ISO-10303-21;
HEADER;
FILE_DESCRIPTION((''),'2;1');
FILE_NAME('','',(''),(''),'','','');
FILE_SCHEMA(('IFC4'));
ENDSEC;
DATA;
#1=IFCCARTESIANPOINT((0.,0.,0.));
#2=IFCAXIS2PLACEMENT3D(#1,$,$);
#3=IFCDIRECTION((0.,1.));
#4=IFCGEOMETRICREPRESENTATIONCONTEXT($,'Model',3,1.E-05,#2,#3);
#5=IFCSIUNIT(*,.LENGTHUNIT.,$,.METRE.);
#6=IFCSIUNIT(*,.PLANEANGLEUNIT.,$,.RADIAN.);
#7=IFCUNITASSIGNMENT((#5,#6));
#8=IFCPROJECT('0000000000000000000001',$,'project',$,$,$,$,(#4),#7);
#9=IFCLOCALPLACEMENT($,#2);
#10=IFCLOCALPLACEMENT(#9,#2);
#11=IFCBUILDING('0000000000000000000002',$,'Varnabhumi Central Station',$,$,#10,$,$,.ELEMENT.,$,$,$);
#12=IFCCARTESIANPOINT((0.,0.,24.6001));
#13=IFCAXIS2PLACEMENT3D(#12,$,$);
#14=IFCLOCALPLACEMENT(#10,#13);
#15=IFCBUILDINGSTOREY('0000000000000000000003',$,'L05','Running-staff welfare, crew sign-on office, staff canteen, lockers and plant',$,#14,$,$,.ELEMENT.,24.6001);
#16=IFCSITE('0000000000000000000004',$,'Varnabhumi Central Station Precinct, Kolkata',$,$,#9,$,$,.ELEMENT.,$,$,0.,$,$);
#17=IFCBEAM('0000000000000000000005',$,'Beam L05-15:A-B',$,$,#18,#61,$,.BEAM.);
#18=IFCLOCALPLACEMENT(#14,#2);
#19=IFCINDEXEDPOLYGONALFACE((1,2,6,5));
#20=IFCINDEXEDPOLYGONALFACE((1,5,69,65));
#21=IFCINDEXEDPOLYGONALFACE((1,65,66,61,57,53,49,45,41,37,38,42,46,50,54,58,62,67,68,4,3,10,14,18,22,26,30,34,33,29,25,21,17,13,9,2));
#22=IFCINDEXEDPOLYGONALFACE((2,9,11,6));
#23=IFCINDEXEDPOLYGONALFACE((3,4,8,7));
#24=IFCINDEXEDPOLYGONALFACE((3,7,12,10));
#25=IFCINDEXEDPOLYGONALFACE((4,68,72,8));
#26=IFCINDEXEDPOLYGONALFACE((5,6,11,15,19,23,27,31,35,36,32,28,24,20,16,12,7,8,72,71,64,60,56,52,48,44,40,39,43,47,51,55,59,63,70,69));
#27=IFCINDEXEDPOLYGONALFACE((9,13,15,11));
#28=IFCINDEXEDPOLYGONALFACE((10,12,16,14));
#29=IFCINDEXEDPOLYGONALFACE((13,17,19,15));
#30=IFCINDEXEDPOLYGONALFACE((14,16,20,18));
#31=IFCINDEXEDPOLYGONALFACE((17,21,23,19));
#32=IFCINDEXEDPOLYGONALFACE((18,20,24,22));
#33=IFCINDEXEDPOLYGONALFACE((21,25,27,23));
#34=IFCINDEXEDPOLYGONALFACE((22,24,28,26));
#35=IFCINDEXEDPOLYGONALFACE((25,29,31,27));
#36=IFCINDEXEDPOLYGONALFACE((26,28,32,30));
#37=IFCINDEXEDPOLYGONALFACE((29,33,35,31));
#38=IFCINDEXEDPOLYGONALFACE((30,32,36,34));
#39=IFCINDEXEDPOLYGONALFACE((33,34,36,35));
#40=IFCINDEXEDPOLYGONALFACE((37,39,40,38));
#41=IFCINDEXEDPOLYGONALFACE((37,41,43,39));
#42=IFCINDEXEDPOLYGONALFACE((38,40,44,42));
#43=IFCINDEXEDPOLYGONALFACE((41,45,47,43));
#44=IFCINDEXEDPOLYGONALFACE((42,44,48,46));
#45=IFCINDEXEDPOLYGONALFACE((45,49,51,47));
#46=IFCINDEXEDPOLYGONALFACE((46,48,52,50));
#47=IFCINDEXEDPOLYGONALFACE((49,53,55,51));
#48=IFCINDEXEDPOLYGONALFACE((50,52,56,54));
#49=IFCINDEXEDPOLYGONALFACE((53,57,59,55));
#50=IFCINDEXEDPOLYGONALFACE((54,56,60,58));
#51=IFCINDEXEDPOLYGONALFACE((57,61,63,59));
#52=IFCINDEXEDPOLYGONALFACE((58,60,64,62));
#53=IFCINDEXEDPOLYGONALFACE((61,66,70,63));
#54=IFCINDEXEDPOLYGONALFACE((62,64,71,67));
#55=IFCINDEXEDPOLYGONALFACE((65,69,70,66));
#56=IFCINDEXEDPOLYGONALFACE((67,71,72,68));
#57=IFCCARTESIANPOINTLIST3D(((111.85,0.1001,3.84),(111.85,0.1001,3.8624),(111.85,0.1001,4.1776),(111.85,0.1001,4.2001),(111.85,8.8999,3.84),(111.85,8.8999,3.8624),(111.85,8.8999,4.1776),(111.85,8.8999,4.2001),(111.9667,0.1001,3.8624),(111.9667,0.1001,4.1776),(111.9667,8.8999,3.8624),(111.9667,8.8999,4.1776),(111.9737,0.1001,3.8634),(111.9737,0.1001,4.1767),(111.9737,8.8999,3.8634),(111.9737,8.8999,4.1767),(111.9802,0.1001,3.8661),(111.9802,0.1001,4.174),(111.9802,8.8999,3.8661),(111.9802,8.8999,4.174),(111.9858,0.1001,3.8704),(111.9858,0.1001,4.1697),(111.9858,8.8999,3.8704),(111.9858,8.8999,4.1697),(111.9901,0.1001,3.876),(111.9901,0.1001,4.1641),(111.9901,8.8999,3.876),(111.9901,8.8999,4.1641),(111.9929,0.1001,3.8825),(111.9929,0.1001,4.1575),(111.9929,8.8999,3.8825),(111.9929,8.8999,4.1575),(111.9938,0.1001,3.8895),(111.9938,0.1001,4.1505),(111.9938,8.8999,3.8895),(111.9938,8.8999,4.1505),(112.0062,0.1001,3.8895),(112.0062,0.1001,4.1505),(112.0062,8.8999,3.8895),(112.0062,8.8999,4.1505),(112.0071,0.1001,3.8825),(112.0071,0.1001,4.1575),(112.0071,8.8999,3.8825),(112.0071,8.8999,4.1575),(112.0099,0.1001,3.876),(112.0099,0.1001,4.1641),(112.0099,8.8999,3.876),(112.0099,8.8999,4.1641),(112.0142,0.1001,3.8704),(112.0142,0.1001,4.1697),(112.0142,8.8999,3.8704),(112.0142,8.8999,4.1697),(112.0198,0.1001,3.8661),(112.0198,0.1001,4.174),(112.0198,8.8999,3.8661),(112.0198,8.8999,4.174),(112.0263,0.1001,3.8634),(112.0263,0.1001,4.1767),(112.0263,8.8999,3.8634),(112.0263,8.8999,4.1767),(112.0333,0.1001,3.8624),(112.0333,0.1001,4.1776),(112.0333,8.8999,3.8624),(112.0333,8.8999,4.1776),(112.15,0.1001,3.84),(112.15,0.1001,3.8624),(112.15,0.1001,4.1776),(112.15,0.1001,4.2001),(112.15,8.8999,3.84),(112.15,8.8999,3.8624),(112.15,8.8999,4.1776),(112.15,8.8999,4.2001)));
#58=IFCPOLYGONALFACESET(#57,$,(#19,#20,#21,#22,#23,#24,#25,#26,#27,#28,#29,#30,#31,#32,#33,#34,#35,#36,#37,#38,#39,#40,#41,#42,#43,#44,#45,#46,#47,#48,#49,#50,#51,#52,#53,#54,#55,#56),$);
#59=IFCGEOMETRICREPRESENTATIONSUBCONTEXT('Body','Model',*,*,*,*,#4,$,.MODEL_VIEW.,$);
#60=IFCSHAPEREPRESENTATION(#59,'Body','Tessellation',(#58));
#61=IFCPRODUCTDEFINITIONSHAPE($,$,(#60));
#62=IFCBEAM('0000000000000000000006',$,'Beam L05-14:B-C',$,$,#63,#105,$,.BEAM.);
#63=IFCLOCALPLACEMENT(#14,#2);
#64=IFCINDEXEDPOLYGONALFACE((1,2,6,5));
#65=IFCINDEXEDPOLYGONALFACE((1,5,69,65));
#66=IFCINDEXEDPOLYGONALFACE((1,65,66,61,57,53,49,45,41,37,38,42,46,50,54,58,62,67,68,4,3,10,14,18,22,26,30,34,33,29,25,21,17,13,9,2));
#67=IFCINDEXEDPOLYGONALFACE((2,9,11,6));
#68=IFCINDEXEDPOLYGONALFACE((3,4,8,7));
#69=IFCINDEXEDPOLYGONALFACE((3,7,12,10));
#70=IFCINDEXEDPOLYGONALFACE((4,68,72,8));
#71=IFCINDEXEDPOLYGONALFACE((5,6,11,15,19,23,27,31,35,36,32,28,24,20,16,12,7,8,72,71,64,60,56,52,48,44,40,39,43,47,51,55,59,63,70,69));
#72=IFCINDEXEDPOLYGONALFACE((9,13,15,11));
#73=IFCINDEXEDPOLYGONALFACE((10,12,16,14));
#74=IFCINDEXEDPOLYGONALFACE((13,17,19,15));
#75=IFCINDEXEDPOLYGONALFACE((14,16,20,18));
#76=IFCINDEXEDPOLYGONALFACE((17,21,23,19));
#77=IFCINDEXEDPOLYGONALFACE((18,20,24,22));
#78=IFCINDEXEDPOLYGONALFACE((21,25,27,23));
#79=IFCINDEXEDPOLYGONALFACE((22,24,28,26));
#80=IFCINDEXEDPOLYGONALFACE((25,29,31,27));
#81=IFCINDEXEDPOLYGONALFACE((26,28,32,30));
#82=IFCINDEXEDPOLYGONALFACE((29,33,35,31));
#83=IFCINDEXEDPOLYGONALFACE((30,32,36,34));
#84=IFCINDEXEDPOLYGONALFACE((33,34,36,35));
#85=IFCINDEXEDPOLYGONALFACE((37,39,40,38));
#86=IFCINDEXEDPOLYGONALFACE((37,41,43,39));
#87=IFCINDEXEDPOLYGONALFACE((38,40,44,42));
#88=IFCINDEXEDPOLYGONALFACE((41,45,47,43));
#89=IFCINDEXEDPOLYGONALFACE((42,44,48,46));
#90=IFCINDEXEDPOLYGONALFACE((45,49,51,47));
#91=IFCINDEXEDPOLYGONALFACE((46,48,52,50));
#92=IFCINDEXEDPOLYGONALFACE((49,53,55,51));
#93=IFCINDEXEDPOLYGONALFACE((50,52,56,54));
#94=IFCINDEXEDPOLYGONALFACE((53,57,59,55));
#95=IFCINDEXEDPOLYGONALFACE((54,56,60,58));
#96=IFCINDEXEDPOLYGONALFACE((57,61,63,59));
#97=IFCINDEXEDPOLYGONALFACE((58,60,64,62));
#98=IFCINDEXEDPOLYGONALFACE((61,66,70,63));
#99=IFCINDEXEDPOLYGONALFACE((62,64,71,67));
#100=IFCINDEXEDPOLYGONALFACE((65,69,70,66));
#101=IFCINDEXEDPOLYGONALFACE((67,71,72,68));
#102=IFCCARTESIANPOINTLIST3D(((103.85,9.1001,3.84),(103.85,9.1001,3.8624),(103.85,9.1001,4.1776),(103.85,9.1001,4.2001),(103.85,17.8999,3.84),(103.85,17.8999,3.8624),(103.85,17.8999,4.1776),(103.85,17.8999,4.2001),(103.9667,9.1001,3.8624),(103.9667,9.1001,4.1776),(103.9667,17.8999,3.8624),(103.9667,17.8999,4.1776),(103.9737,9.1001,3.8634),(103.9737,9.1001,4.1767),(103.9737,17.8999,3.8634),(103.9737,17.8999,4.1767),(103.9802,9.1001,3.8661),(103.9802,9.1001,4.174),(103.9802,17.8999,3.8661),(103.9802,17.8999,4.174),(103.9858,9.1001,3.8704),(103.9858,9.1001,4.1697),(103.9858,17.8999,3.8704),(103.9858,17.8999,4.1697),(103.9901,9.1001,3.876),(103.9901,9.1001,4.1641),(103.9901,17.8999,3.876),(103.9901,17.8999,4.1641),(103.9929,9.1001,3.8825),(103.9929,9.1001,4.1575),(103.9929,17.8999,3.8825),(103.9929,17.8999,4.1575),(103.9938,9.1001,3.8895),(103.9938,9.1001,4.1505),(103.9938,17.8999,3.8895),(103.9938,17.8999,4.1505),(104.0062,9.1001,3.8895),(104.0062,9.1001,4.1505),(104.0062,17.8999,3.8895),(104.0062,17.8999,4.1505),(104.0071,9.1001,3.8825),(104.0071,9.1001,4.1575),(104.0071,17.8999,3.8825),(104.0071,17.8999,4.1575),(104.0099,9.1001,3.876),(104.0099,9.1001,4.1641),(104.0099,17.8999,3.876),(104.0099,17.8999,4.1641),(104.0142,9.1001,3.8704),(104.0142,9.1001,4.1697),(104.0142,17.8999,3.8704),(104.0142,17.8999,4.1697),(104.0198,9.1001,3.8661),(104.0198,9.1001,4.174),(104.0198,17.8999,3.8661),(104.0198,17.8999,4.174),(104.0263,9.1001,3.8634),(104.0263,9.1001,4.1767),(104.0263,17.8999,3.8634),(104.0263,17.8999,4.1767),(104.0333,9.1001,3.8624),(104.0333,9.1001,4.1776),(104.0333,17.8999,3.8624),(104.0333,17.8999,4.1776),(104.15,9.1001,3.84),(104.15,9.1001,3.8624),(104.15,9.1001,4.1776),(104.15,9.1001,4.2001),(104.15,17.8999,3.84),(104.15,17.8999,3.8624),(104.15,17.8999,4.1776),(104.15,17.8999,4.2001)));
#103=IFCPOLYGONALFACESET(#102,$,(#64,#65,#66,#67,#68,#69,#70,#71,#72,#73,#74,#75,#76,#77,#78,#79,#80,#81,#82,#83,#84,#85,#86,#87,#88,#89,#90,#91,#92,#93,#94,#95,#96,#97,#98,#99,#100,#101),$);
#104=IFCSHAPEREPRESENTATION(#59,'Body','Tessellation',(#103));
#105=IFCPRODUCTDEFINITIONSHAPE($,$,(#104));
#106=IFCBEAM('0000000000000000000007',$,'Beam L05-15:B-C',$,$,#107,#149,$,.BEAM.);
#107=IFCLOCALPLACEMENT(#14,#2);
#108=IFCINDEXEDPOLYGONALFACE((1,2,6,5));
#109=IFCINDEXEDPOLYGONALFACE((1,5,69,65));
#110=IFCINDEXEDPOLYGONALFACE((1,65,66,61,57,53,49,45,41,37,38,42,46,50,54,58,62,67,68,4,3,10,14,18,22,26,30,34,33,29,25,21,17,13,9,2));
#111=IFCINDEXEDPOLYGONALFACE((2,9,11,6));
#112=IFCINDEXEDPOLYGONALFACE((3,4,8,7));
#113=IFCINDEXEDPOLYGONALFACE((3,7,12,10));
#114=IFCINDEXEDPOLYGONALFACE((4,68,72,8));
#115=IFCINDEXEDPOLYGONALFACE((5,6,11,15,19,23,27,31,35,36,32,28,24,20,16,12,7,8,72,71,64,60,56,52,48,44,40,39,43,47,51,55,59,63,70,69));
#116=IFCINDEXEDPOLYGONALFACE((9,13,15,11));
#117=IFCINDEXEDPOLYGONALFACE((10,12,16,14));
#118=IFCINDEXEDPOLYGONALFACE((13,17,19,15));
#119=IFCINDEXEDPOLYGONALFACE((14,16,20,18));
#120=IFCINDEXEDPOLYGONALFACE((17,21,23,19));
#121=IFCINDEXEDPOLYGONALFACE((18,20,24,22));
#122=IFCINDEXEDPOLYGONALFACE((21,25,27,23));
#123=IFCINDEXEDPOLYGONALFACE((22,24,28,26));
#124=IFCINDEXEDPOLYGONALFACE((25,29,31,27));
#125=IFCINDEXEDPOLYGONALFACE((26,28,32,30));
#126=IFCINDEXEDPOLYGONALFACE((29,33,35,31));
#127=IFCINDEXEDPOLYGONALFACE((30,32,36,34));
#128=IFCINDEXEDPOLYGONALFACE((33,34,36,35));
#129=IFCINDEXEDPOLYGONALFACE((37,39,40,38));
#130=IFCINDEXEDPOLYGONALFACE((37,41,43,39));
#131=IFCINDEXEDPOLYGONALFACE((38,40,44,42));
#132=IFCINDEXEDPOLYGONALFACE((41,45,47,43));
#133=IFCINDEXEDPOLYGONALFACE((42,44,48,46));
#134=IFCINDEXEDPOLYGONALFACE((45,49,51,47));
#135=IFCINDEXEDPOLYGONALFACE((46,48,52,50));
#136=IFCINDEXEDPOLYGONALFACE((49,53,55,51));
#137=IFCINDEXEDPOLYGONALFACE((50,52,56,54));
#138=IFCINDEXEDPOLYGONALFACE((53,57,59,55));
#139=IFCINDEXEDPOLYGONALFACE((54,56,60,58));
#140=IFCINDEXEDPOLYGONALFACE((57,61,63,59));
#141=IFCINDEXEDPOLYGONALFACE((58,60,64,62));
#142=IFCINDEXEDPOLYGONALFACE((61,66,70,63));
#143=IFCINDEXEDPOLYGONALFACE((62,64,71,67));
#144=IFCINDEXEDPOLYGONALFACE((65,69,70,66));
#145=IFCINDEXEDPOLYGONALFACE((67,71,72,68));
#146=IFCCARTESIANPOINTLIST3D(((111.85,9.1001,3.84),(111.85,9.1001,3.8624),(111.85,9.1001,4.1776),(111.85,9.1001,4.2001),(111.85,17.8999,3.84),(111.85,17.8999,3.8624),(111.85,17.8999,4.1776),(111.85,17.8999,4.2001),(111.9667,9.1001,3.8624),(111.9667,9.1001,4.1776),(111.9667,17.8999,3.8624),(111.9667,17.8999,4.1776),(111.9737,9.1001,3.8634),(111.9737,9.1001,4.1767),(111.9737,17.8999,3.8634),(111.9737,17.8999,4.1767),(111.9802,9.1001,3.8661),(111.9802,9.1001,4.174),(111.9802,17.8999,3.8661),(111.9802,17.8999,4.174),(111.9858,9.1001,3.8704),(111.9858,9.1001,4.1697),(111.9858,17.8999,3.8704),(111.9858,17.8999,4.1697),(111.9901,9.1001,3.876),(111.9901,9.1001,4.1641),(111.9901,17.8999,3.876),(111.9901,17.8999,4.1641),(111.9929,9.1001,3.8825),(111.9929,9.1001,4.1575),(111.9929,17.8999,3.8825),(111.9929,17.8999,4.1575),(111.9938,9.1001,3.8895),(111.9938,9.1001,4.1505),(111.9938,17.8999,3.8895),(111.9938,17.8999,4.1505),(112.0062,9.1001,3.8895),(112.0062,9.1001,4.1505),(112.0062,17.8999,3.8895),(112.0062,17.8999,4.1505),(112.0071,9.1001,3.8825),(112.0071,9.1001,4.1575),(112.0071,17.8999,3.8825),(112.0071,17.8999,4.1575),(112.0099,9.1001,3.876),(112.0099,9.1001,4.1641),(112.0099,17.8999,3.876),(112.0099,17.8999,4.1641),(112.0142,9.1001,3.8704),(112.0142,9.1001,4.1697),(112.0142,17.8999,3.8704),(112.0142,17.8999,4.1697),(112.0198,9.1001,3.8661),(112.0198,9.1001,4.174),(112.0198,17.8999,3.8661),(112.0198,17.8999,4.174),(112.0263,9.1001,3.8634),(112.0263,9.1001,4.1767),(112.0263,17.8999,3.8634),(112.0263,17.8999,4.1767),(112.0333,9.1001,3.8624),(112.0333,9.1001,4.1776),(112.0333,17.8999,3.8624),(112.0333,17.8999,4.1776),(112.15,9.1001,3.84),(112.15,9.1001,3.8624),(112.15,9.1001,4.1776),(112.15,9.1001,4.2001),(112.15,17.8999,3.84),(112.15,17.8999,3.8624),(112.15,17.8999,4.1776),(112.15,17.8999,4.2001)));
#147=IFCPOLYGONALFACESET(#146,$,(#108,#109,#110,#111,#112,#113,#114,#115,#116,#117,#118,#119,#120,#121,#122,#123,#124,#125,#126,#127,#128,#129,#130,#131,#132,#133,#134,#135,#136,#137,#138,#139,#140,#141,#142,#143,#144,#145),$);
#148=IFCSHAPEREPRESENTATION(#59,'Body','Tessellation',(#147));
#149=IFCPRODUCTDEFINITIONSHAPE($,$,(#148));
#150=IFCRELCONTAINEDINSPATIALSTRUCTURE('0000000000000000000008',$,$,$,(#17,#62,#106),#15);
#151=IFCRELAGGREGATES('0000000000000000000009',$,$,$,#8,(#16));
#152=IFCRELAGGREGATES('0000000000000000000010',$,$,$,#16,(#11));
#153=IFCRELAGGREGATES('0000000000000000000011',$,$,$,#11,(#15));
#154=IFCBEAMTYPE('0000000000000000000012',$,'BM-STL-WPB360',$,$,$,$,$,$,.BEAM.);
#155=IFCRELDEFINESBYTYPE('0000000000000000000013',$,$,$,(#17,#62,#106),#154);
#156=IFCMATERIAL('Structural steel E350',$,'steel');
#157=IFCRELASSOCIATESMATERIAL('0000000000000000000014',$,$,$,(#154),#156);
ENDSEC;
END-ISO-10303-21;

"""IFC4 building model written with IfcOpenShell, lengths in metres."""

from ifc_helpers import new_model, si_unit, direction, frame, origin, origin_2d, place, context, subcontext, project, spatial, i_section, extrude, material, material_profile, profile_set, type_object, element, save


model = new_model("IFC4")

# Units and contexts
model_context = context("Model", 3, precision=1e-05, world=origin(), true_north=direction((0.0, 1.0)))
body_context = subcontext(model_context, "Body", "Model", "MODEL_VIEW")
ifc_project = project(units=[si_unit("LENGTHUNIT", "METRE"), si_unit("PLANEANGLEUNIT", "RADIAN")], contexts=[model_context])

# Site, building, storey
site_placement = place(None, origin())
site = spatial("IfcSite", under=ifc_project, at=site_placement, Name="Varnabhumi Central Station Precinct, Kolkata", CompositionType="ELEMENT", RefElevation=0.0)
building_placement = place(site_placement, origin())
building = spatial("IfcBuilding", under=site, at=building_placement, Name="Varnabhumi Central Station", CompositionType="ELEMENT")
storey_placement = place(building_placement, frame((0.0, 0.0, 24.6001)))
storey = spatial("IfcBuildingStorey", under=building, at=storey_placement, Name="L05", Description="Running-staff welfare, crew sign-on office, staff canteen, lockers and plant", CompositionType="ELEMENT", Elevation=24.6001)

# Beams
ifc_material_1 = material(Name="Structural steel E350", Category="steel")
ifc_material_profile_1 = material_profile(ifc_material_1, i_section(OverallWidth=0.3, OverallDepth=0.3601, WebThickness=0.0125, FlangeThickness=0.0225, FilletRadius=0.0271, at=origin_2d()), Name="Structural steel E350", Category="steel")
ifc_profile_set_1 = profile_set([ifc_material_profile_1], Name="Structural steel E350")
beam_type_1 = type_object("IfcBeamType", Name="BM-STL-WPB360", PredefinedType="BEAM", material=ifc_profile_set_1)
for number, where, z_axis, x_axis, name in (
    (1, (112.0, 0.1001, 4.02), (0.0, 1.0, 0.0), (-1.0, 0.0, 0.0), "Beam L05-15:A-B"),
    (2, (104.0, 9.1001, 4.02), (0.0, 1.0, 0.0), (-1.0, 0.0, 0.0), "Beam L05-14:B-C"),
    (3, (112.0, 9.1001, 4.02), (0.0, 1.0, 0.0), (-1.0, 0.0, 0.0), "Beam L05-15:B-C"),
):
    element("IfcBeam", number, at=place(storey_placement, frame(where, z_axis=z_axis, x_axis=x_axis)), inside=storey, type_object=beam_type_1, Name=name, PredefinedType="BEAM", context=body_context, shape_type="SweptSolid", body=[
        extrude(i_section(OverallWidth=0.3, OverallDepth=0.3601, WebThickness=0.0125, FlangeThickness=0.0225, FilletRadius=0.0271, at=origin_2d()), origin(), (0.0, 0.0, 1.0), 8.7998),
    ])

save(model, "model.ifc")
